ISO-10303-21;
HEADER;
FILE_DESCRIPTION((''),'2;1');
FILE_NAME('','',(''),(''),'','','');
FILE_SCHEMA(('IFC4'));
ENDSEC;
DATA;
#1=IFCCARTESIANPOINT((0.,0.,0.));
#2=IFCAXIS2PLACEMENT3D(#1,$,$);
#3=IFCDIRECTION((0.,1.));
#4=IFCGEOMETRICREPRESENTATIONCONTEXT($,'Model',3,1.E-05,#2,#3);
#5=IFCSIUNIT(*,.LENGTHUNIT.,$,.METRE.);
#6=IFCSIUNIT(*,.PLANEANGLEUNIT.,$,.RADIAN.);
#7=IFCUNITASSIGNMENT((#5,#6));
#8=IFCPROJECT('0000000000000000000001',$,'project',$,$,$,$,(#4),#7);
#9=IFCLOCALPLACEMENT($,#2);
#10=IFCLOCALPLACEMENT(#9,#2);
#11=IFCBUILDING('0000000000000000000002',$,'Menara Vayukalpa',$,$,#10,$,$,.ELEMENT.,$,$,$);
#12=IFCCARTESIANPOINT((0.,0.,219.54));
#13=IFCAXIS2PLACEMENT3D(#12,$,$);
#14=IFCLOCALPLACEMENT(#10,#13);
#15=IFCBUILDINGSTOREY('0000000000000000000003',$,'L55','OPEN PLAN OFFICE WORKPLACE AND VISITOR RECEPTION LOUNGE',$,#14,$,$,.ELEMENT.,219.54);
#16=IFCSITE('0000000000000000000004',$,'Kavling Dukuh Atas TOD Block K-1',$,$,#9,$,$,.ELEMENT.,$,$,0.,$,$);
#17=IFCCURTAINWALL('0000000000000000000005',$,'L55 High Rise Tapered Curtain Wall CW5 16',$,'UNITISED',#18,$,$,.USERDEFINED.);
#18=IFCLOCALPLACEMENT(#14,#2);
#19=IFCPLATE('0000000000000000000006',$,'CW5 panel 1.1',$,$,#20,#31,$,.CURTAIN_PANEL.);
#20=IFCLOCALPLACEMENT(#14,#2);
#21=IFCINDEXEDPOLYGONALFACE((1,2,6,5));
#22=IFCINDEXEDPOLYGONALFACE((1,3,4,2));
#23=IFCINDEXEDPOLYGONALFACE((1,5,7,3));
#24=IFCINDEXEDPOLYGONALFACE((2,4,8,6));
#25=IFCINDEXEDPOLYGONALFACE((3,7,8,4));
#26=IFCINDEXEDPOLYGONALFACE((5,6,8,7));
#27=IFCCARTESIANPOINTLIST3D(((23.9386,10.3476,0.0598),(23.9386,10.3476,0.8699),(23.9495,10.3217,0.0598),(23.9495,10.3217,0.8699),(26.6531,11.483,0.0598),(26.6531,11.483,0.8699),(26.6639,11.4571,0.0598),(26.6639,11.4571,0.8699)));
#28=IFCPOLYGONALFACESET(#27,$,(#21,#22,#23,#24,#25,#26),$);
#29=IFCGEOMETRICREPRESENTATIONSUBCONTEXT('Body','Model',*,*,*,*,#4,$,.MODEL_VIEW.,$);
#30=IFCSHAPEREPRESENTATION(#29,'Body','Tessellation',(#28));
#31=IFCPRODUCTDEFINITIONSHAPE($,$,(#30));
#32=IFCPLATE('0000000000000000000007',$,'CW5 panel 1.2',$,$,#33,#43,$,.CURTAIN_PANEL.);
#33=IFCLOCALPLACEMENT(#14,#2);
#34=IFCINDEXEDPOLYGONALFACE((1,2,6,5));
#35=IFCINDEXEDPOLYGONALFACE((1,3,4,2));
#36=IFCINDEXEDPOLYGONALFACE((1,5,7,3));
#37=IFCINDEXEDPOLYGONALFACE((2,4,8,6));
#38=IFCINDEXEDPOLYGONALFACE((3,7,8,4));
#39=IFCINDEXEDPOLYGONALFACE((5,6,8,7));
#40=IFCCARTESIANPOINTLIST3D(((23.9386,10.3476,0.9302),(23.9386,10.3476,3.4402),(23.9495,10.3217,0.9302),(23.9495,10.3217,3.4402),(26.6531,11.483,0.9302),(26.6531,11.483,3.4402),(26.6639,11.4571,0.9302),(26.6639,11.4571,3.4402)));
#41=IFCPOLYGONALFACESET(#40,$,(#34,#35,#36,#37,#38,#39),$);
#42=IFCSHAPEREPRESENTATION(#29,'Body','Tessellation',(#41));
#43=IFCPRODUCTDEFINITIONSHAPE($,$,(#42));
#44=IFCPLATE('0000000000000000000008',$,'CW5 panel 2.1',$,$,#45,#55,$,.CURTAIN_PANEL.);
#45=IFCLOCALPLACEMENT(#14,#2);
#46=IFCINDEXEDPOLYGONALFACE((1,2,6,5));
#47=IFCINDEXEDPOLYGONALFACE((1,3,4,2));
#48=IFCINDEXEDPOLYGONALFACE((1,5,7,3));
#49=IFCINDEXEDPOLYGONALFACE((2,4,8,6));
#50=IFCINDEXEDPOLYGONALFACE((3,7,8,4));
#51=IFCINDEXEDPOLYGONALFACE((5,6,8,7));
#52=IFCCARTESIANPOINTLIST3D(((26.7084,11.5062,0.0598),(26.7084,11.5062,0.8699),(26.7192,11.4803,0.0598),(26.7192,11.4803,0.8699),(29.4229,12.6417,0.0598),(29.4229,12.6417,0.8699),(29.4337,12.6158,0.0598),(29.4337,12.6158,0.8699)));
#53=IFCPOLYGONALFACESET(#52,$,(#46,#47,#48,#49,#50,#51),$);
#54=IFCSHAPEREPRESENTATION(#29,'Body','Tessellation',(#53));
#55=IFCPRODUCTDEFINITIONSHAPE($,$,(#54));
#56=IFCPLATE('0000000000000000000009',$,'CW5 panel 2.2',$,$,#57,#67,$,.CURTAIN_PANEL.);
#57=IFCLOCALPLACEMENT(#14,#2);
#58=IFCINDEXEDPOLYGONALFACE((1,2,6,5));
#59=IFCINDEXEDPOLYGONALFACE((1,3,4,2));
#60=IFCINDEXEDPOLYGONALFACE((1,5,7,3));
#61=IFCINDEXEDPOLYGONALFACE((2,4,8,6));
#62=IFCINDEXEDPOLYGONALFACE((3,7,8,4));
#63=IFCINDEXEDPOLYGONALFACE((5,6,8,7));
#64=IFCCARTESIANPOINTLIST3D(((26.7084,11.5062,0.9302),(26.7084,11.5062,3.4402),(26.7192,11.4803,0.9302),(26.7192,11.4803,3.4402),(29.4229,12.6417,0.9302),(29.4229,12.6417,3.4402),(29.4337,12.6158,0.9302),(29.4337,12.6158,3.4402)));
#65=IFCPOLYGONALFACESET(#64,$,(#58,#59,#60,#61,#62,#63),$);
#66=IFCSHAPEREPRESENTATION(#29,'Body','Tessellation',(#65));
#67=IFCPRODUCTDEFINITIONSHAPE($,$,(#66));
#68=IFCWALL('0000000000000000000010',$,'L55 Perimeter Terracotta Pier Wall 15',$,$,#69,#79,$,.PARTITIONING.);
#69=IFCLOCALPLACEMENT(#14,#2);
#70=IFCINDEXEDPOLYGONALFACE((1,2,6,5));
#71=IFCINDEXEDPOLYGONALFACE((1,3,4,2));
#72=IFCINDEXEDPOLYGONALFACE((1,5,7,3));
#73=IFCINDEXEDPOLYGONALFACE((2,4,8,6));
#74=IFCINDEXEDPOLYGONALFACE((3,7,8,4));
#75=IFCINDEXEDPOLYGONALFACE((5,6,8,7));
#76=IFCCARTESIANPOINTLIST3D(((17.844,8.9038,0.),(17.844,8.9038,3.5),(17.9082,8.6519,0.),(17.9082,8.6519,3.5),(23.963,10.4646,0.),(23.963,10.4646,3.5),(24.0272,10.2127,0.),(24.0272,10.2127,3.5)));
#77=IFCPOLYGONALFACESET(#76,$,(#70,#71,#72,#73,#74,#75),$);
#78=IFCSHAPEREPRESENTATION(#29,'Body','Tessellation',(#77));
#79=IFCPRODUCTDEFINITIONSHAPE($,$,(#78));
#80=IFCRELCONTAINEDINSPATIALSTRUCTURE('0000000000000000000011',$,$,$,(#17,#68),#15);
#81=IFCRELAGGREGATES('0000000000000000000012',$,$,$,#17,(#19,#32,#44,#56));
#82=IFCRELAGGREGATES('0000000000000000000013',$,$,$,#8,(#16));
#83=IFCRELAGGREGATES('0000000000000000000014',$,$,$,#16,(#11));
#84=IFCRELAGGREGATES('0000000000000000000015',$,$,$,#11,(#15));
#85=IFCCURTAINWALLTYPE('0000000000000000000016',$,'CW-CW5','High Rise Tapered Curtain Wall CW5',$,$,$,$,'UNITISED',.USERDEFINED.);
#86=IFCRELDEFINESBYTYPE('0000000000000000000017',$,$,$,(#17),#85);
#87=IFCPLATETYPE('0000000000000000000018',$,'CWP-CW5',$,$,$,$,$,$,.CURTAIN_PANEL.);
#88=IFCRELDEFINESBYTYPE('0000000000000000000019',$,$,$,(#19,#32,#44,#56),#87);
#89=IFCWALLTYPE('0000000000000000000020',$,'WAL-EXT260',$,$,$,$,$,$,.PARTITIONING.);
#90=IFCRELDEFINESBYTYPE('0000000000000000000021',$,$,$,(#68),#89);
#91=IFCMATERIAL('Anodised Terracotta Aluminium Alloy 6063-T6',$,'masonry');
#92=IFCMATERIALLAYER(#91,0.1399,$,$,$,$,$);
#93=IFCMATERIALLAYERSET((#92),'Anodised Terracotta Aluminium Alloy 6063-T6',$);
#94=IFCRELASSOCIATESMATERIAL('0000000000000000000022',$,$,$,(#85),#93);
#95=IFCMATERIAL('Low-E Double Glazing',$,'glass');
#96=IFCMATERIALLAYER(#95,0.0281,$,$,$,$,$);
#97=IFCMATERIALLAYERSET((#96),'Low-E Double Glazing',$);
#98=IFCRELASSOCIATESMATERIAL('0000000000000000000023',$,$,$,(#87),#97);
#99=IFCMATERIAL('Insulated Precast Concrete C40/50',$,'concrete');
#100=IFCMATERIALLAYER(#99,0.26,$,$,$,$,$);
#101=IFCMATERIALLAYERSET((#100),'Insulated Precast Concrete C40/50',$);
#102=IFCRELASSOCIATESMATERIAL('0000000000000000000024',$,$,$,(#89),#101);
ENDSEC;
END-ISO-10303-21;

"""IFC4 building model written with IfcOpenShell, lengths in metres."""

from ifc_helpers import new_model, si_unit, direction, frame, frame_2d, origin, origin_2d, place, context, subcontext, project, spatial, rectangle, extrude, material, layer, layer_set, type_object, element, aggregate, save


model = new_model("IFC4")

# Units and contexts
model_context = context("Model", 3, precision=1e-05, world=origin(), true_north=direction((0.0, 1.0)))
body_context = subcontext(model_context, "Body", "Model", "MODEL_VIEW")
ifc_project = project(units=[si_unit("LENGTHUNIT", "METRE"), si_unit("PLANEANGLEUNIT", "RADIAN")], contexts=[model_context])

# Site, building, storey
site_placement = place(None, origin())
site = spatial("IfcSite", under=ifc_project, at=site_placement, Name="Kavling Dukuh Atas TOD Block K-1", CompositionType="ELEMENT", RefElevation=0.0)
building_placement = place(site_placement, origin())
building = spatial("IfcBuilding", under=site, at=building_placement, Name="Menara Vayukalpa", CompositionType="ELEMENT")
storey_placement = place(building_placement, frame((0.0, 0.0, 219.54)))
storey = spatial("IfcBuildingStorey", under=building, at=storey_placement, Name="L55", Description="OPEN PLAN OFFICE WORKPLACE AND VISITOR RECEPTION LOUNGE", CompositionType="ELEMENT", Elevation=219.54)

# Curtain wall, plates
ifc_material_1 = material(Name="Anodised Terracotta Aluminium Alloy 6063-T6", Category="masonry")
ifc_layer_1 = layer(ifc_material_1, 0.1399)
ifc_layer_set_1 = layer_set([ifc_layer_1], Name="Anodised Terracotta Aluminium Alloy 6063-T6")
curtain_wall_type = type_object("IfcCurtainWallType", Name="CW-CW5", Description="High Rise Tapered Curtain Wall CW5", ElementType="UNITISED", PredefinedType="USERDEFINED", material=ifc_layer_set_1)
curtain_wall_placement = place(storey_placement, origin())
curtain_wall = element("IfcCurtainWall", 1, at=curtain_wall_placement, inside=storey, type_object=curtain_wall_type, Name="L55 High Rise Tapered Curtain Wall CW5 16", ObjectType="UNITISED", PredefinedType="USERDEFINED")
ifc_material_2 = material(Name="Low-E Double Glazing", Category="glass")
ifc_layer_2 = layer(ifc_material_2, 0.0281)
ifc_layer_set_2 = layer_set([ifc_layer_2], Name="Low-E Double Glazing")
plate_type = type_object("IfcPlateType", Name="CWP-CW5", PredefinedType="CURTAIN_PANEL", material=ifc_layer_set_2)
plate_1_placement = place(storey_placement, frame((25.3013, 10.9023, 0.0598), z_axis=(0.0, 0.0, 1.0), x_axis=(0.922539, 0.385903, 0.0)))
plate_1 = element("IfcPlate", 2, at=plate_1_placement, type_object=plate_type, Name="CW5 panel 1.1", PredefinedType="CURTAIN_PANEL", context=body_context, shape_type="SweptSolid", body=[
    extrude(rectangle(XDim=2.9424, YDim=0.0281, at=origin_2d()), origin(), (0.0, 0.0, 1.0), 0.8101),
])
plate_2_placement = place(storey_placement, frame((25.3013, 10.9023, 0.9302), z_axis=(0.0, 0.0, 1.0), x_axis=(0.922539, 0.385903, 0.0)))
plate_2 = element("IfcPlate", 3, at=plate_2_placement, type_object=plate_type, Name="CW5 panel 1.2", PredefinedType="CURTAIN_PANEL", context=body_context, shape_type="SweptSolid", body=[
    extrude(rectangle(XDim=2.9424, YDim=0.0281, at=origin_2d()), origin(), (0.0, 0.0, 1.0), 2.51),
])
plate_3_placement = place(storey_placement, frame((28.071, 12.061, 0.0598), z_axis=(0.0, 0.0, 1.0), x_axis=(0.922539, 0.385903, 0.0)))
plate_3 = element("IfcPlate", 4, at=plate_3_placement, type_object=plate_type, Name="CW5 panel 2.1", PredefinedType="CURTAIN_PANEL", context=body_context, shape_type="SweptSolid", body=[
    extrude(rectangle(XDim=2.9424, YDim=0.0281, at=origin_2d()), origin(), (0.0, 0.0, 1.0), 0.8101),
])
plate_4_placement = place(storey_placement, frame((28.071, 12.061, 0.9302), z_axis=(0.0, 0.0, 1.0), x_axis=(0.922539, 0.385903, 0.0)))
plate_4 = element("IfcPlate", 5, at=plate_4_placement, type_object=plate_type, Name="CW5 panel 2.2", PredefinedType="CURTAIN_PANEL", context=body_context, shape_type="SweptSolid", body=[
    extrude(rectangle(XDim=2.9424, YDim=0.0281, at=origin_2d()), origin(), (0.0, 0.0, 1.0), 2.51),
])
aggregate(curtain_wall, [plate_1, plate_2, plate_3, plate_4])

# Wall
ifc_material_3 = material(Name="Insulated Precast Concrete C40/50", Category="concrete")
ifc_layer_3 = layer(ifc_material_3, 0.26)
ifc_layer_set_3 = layer_set([ifc_layer_3], Name="Insulated Precast Concrete C40/50")
wall_type = type_object("IfcWallType", Name="WAL-EXT260", PredefinedType="PARTITIONING", material=ifc_layer_set_3)
wall_placement = place(storey_placement, frame((23.9951, 10.3386, 0.0), z_axis=(0.0, 0.0, 1.0), x_axis=(-0.968976, -0.247154, 0.0)))
element("IfcWall", 6, at=wall_placement, inside=storey, type_object=wall_type, Name="L55 Perimeter Terracotta Pier Wall 15", PredefinedType="PARTITIONING", context=body_context, shape_type="SweptSolid", body=[
    extrude(rectangle(XDim=6.3149, YDim=0.26, at=frame_2d((3.1575, 0.0))), origin(), (0.0, 0.0, 1.0), 3.5),
])

save(model, "model.ifc")
